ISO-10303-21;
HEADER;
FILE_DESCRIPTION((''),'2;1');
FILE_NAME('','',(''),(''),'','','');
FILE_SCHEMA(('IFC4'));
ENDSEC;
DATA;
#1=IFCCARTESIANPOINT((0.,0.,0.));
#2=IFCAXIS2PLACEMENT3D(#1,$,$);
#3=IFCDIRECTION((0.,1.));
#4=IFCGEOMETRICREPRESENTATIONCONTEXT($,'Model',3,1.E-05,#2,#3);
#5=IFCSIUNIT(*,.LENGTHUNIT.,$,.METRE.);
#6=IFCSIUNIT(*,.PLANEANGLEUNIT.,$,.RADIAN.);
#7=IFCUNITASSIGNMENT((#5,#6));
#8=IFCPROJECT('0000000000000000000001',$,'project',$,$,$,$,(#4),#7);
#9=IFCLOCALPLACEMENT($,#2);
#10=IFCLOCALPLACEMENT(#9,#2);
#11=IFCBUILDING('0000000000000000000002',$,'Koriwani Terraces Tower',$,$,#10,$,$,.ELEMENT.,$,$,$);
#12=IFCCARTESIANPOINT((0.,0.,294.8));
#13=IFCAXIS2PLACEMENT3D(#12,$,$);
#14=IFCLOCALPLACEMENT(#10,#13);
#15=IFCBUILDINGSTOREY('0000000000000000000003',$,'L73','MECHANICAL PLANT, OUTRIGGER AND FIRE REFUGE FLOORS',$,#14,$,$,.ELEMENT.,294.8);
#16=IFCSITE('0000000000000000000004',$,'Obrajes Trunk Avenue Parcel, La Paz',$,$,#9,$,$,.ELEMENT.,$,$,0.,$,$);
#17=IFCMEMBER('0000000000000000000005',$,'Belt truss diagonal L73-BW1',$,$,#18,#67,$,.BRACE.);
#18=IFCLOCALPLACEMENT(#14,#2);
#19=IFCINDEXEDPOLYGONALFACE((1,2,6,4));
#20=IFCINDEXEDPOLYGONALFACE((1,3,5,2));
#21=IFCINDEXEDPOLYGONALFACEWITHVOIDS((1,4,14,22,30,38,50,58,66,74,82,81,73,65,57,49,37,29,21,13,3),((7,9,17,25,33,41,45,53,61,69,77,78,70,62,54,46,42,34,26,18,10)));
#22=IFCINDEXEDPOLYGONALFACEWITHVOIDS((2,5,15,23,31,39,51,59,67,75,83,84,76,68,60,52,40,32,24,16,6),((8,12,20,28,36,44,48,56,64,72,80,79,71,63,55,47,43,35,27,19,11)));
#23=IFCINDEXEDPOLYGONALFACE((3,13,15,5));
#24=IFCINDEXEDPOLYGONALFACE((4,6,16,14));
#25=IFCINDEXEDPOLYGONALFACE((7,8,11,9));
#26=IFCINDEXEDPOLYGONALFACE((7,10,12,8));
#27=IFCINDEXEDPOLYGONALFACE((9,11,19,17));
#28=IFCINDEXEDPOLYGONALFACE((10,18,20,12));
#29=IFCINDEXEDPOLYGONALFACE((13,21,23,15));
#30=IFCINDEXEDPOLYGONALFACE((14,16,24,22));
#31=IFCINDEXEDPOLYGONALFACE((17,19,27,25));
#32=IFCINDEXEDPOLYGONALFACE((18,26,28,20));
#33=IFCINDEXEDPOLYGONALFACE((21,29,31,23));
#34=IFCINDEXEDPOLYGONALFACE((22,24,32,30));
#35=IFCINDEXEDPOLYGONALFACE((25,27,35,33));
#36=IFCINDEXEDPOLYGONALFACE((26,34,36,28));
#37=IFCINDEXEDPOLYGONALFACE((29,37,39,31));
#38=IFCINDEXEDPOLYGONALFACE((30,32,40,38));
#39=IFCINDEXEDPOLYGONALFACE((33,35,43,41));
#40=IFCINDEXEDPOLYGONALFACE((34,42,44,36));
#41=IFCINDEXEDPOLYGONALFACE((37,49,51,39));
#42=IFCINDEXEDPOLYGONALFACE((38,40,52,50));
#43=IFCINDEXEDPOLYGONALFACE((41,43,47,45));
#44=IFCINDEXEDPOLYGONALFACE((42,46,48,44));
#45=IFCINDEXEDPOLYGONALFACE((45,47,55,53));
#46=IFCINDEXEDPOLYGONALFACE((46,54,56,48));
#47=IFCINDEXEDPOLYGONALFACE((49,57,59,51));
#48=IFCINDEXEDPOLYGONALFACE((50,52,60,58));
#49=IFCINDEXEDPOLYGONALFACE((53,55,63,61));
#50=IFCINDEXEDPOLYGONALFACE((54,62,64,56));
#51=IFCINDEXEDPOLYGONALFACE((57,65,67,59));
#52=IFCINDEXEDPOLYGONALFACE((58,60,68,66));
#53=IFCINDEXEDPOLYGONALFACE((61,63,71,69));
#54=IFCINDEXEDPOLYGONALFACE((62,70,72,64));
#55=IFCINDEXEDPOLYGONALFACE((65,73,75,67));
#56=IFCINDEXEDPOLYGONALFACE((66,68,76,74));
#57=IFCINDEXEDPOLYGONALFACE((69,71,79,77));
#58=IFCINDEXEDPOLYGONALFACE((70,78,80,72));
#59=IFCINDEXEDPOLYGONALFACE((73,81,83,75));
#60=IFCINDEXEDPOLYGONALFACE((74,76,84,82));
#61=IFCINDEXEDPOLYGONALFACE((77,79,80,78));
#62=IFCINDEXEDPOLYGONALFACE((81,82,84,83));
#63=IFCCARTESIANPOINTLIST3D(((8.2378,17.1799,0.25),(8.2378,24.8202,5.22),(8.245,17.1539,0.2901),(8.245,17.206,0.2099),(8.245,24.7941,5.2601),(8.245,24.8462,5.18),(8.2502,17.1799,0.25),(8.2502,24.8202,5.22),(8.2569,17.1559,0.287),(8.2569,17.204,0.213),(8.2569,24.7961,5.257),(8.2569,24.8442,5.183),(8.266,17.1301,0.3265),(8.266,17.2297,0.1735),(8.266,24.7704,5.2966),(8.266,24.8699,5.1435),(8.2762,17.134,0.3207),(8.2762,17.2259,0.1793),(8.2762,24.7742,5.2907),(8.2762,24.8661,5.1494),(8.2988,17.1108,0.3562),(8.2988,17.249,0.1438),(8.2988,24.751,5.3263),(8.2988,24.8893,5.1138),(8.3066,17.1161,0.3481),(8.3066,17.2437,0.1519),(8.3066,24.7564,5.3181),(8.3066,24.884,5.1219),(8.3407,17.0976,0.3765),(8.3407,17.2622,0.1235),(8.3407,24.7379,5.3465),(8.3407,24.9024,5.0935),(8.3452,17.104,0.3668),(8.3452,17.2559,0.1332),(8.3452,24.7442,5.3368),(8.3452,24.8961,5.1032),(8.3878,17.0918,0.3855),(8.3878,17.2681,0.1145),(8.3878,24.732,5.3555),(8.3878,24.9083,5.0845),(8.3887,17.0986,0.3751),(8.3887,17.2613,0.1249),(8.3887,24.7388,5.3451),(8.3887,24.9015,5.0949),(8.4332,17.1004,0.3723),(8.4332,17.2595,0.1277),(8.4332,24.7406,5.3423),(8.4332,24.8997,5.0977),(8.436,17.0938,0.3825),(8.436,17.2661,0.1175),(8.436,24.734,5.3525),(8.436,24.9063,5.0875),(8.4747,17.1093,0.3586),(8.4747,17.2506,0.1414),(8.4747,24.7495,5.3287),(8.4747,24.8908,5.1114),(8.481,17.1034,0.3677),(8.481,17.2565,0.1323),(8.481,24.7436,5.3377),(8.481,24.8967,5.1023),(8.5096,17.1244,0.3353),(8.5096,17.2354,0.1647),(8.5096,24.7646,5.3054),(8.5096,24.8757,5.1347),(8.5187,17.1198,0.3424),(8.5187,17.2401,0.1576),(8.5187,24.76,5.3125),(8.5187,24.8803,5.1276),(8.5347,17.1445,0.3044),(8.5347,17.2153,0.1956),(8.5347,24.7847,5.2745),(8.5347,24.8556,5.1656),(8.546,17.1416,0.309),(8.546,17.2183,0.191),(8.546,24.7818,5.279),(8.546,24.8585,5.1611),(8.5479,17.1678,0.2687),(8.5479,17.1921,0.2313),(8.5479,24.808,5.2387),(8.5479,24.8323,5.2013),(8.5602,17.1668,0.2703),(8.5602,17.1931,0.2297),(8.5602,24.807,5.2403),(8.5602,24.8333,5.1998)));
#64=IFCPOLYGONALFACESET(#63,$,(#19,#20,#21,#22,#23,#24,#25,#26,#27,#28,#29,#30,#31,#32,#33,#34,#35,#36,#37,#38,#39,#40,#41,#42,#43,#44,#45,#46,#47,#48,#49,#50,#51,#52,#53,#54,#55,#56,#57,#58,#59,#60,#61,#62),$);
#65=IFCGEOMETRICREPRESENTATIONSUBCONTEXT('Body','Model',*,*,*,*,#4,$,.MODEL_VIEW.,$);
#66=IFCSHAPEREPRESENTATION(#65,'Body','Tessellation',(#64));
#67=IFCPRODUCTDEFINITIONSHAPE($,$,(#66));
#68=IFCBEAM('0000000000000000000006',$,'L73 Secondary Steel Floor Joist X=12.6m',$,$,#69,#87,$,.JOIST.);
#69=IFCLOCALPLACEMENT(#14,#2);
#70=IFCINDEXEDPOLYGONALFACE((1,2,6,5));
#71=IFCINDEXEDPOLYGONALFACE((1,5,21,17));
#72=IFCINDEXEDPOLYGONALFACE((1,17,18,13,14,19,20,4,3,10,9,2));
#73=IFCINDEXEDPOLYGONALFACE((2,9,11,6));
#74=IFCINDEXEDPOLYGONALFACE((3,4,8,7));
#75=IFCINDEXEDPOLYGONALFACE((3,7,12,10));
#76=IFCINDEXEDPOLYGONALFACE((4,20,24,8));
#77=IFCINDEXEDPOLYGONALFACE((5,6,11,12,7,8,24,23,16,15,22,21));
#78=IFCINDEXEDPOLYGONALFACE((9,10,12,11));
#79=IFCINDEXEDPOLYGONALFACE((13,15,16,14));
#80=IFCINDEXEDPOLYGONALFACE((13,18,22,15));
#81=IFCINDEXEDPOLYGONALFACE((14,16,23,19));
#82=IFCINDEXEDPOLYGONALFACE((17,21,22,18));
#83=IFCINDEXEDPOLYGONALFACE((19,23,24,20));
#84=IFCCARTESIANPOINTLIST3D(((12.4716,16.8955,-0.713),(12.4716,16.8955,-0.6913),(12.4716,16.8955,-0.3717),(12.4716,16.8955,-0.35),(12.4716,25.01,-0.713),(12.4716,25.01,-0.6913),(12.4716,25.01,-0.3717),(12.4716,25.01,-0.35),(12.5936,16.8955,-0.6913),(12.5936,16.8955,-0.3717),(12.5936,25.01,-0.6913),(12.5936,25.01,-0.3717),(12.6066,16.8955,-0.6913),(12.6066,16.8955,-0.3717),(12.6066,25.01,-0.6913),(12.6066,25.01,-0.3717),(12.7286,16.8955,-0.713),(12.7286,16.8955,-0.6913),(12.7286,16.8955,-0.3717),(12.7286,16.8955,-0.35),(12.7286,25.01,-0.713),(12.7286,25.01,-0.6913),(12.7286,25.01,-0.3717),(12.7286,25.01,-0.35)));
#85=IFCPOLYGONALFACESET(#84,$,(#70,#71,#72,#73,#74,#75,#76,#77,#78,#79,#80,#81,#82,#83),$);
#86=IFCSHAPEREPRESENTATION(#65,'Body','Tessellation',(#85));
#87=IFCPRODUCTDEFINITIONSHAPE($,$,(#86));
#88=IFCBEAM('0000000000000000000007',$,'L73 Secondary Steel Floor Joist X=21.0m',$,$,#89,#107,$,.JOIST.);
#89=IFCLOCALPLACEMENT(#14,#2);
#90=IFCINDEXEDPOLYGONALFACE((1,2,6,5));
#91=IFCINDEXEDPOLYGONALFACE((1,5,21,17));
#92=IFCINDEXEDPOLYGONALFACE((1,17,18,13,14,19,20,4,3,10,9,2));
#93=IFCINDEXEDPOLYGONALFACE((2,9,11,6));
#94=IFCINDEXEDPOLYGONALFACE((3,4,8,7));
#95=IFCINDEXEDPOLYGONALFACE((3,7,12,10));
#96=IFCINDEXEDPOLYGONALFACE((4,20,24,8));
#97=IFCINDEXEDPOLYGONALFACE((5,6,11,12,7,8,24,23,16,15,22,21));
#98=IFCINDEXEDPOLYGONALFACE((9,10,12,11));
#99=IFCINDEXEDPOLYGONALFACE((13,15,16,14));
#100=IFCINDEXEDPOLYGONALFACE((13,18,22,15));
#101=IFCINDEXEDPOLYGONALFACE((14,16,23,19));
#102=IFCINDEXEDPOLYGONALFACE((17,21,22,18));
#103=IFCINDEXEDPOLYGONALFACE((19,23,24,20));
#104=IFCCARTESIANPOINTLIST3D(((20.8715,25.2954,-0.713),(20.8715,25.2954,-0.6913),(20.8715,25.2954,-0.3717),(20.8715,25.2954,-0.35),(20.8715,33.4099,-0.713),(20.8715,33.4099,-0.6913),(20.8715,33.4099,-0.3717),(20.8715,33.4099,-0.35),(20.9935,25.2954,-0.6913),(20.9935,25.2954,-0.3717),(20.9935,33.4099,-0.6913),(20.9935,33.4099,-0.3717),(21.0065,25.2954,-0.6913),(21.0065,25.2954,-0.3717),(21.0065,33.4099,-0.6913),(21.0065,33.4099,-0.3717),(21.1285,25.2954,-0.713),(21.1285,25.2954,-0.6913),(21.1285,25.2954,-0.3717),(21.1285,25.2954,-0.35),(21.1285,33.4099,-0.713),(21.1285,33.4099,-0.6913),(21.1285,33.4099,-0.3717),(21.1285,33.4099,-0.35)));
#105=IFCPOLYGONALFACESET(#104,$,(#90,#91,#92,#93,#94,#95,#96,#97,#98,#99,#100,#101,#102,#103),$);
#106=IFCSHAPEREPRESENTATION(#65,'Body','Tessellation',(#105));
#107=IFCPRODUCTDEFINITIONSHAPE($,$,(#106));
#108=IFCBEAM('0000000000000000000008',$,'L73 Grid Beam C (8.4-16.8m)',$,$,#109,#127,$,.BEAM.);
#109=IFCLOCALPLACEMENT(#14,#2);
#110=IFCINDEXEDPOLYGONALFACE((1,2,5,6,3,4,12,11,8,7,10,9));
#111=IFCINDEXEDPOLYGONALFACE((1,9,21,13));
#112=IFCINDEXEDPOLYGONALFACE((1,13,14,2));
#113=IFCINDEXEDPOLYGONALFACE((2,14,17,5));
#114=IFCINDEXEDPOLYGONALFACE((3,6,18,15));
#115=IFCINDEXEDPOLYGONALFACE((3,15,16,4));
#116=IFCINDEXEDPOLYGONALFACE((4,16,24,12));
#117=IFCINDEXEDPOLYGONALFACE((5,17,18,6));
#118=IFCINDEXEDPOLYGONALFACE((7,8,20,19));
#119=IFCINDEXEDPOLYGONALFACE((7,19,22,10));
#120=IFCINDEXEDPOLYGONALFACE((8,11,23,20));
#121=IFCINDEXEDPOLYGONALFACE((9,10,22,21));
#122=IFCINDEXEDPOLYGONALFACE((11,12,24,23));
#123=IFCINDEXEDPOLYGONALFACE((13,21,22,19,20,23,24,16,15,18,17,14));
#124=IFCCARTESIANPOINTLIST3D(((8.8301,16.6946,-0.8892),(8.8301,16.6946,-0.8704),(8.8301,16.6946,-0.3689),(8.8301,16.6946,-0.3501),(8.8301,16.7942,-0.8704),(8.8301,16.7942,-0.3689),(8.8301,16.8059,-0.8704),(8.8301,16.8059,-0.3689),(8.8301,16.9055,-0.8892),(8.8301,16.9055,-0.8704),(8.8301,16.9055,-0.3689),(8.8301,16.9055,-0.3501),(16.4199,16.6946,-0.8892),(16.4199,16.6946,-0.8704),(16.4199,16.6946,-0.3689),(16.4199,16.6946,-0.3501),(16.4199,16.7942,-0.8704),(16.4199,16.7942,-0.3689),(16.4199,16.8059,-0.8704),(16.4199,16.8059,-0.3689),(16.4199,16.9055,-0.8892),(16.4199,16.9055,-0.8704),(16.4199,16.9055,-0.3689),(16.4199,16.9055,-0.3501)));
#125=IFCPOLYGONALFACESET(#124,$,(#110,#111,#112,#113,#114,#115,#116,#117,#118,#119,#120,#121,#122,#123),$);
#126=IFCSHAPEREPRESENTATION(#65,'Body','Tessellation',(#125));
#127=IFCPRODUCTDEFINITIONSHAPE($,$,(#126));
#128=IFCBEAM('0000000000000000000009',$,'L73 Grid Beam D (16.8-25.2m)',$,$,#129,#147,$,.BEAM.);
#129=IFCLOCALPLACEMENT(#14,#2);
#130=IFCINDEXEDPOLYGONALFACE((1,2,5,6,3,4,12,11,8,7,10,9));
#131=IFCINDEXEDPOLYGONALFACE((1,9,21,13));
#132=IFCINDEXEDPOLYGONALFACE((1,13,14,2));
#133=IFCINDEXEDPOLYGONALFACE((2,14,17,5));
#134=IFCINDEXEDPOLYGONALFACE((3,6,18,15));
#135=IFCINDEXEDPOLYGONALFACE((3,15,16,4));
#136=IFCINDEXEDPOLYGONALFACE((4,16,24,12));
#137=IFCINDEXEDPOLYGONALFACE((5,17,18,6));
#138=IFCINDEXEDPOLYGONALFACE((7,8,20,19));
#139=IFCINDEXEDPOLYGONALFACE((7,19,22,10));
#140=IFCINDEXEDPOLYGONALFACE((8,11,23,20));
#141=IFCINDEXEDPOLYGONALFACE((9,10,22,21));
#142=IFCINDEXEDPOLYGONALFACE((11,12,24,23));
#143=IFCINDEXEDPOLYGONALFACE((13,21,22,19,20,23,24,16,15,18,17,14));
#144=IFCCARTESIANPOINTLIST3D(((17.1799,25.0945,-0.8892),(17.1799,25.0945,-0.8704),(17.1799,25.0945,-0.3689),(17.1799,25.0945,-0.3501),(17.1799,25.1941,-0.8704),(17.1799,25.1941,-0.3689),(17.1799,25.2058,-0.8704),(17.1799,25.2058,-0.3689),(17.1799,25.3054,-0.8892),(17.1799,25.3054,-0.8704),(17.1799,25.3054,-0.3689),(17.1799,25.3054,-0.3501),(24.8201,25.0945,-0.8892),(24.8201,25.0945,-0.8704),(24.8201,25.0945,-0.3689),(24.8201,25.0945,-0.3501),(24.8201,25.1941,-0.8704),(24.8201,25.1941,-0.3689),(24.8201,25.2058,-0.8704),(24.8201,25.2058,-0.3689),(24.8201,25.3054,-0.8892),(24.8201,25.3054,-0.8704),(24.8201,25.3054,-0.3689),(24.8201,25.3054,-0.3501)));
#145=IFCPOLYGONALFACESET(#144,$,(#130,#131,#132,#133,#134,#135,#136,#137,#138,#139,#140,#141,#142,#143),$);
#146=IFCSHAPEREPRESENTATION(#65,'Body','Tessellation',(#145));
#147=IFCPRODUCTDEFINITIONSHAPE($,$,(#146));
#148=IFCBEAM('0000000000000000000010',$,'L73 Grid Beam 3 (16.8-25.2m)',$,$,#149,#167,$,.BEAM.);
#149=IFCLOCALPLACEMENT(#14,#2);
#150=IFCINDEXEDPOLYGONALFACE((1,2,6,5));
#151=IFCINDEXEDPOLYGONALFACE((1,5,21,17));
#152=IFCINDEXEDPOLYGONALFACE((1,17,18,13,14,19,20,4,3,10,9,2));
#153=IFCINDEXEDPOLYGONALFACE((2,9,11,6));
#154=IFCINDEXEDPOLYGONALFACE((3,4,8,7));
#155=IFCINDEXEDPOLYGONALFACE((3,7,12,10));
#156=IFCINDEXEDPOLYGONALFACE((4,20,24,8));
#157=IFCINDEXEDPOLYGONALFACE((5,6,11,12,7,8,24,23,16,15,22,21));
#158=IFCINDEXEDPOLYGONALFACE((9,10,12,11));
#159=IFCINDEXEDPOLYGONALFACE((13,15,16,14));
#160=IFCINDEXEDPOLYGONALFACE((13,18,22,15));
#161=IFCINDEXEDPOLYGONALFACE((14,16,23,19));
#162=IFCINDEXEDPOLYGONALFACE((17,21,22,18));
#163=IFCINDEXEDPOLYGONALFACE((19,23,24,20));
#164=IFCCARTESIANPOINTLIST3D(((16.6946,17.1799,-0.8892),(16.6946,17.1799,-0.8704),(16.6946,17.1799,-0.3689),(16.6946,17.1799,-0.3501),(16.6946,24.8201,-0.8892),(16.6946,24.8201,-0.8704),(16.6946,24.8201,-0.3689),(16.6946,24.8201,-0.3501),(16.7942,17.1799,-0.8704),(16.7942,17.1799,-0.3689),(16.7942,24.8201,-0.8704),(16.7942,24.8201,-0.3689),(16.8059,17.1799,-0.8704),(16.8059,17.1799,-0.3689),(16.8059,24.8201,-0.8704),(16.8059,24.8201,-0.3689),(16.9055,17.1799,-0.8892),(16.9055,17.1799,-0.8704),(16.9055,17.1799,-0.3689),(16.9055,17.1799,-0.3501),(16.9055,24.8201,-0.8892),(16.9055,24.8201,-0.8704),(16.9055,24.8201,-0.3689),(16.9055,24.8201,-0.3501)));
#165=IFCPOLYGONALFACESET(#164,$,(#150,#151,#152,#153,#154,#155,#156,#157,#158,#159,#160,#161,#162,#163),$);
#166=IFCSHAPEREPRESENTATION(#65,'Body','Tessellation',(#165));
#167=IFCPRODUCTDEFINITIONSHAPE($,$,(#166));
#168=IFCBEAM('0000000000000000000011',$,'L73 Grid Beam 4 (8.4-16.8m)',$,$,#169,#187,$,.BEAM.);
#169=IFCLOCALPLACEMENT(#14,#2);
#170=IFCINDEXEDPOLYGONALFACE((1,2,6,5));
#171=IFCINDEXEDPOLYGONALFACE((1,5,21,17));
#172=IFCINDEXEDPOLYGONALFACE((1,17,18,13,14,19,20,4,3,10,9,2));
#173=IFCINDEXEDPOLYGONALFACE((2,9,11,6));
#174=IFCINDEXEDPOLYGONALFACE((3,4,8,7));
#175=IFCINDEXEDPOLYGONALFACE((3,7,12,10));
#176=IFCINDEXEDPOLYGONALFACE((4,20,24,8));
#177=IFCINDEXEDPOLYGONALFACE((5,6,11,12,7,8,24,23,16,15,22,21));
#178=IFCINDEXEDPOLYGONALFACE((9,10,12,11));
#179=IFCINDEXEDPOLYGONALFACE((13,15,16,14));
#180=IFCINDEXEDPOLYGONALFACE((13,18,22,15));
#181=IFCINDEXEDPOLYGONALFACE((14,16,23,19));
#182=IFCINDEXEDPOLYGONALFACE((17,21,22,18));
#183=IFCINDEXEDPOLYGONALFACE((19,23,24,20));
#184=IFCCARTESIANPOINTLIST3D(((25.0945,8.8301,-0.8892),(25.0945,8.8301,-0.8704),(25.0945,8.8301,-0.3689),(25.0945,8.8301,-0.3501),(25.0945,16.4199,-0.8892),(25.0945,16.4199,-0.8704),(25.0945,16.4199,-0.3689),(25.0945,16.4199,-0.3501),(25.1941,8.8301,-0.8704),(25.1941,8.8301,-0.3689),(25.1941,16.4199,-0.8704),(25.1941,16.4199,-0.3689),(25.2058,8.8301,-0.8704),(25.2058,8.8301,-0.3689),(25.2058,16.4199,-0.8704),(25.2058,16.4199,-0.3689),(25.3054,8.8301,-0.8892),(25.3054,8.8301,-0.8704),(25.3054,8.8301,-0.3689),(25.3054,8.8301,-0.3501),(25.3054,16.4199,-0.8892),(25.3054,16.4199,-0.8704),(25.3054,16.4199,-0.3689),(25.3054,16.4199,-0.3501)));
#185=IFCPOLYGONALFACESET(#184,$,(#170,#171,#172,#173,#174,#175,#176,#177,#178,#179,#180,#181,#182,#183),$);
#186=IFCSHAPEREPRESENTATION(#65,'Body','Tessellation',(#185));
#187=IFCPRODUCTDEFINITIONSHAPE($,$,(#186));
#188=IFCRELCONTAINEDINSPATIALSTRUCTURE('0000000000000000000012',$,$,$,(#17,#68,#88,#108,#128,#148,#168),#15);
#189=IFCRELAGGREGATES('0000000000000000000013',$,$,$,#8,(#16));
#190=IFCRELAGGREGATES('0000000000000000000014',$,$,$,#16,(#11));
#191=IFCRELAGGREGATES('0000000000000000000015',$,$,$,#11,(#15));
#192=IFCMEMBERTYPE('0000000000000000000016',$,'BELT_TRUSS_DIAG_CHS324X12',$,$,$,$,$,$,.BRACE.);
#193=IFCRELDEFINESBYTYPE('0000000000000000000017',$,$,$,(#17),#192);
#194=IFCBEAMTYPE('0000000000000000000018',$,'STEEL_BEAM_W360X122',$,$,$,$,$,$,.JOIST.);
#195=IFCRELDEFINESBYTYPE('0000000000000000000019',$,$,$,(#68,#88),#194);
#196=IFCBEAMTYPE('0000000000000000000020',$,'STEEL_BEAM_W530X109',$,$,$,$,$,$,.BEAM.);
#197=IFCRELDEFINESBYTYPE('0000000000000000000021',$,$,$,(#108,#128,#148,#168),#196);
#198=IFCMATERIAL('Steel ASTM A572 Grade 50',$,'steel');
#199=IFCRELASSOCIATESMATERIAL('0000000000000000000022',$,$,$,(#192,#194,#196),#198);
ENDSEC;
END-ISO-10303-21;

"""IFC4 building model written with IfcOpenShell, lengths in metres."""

from ifc_helpers import new_model, si_unit, direction, frame, origin, origin_2d, place, context, subcontext, project, spatial, hollow_circle, i_section, extrude, material, material_profile, profile_set, type_object, element, save


model = new_model("IFC4")

# Units and contexts
model_context = context("Model", 3, precision=1e-05, world=origin(), true_north=direction((0.0, 1.0)))
body_context = subcontext(model_context, "Body", "Model", "MODEL_VIEW")
ifc_project = project(units=[si_unit("LENGTHUNIT", "METRE"), si_unit("PLANEANGLEUNIT", "RADIAN")], contexts=[model_context])

# Site, building, storey
site_placement = place(None, origin())
site = spatial("IfcSite", under=ifc_project, at=site_placement, Name="Obrajes Trunk Avenue Parcel, La Paz", CompositionType="ELEMENT", RefElevation=0.0)
building_placement = place(site_placement, origin())
building = spatial("IfcBuilding", under=site, at=building_placement, Name="Koriwani Terraces Tower", CompositionType="ELEMENT")
storey_placement = place(building_placement, frame((0.0, 0.0, 294.8)))
storey = spatial("IfcBuildingStorey", under=building, at=storey_placement, Name="L73", Description="MECHANICAL PLANT, OUTRIGGER AND FIRE REFUGE FLOORS", CompositionType="ELEMENT", Elevation=294.8)

# Member
ifc_material_1 = material(Name="Steel ASTM A572 Grade 50", Category="steel")
ifc_material_profile_1 = material_profile(ifc_material_1, hollow_circle(Radius=0.1621, WallThickness=0.0125, at=origin_2d()), Name="Steel ASTM A572 Grade 50", Category="LoadBearing")
ifc_profile_set_1 = profile_set([ifc_material_profile_1], Name="Steel ASTM A572 Grade 50")
member_type = type_object("IfcMemberType", Name="BELT_TRUSS_DIAG_CHS324X12", PredefinedType="BRACE", material=ifc_profile_set_1)
for number, where, z_axis, x_axis, name in (
    (1, (8.3999, 17.1799, 0.25), (0.0, 0.838249, 0.545288), (-1.0, 0.0, 0.0), "Belt truss diagonal L73-BW1"),
):
    element("IfcMember", number, at=place(storey_placement, frame(where, z_axis=z_axis, x_axis=x_axis)), inside=storey, type_object=member_type, Name=name, PredefinedType="BRACE", context=body_context, shape_type="SweptSolid", body=[
        extrude(hollow_circle(Radius=0.1621, WallThickness=0.0125, at=origin_2d()), origin(), (0.0, 0.0, 1.0), 9.1145),
    ])

# Beams
ifc_material_profile_2 = material_profile(ifc_material_1, i_section(OverallWidth=0.2571, OverallDepth=0.363, WebThickness=0.0129, FlangeThickness=0.0217, at=origin_2d()), Name="Steel ASTM A572 Grade 50", Category="LoadBearing")
ifc_profile_set_2 = profile_set([ifc_material_profile_2], Name="Steel ASTM A572 Grade 50")
beam_type_1 = type_object("IfcBeamType", Name="STEEL_BEAM_W360X122", PredefinedType="JOIST", material=ifc_profile_set_2)
for number, where, z_axis, x_axis, name in (
    (2, (12.6001, 16.8955, -0.5315), (0.0, 1.0, 0.0), (-1.0, 0.0, 0.0), "L73 Secondary Steel Floor Joist X=12.6m"),
    (3, (21.0, 25.2954, -0.5315), (0.0, 1.0, 0.0), (-1.0, 0.0, 0.0), "L73 Secondary Steel Floor Joist X=21.0m"),
):
    element("IfcBeam", number, at=place(storey_placement, frame(where, z_axis=z_axis, x_axis=x_axis)), inside=storey, type_object=beam_type_1, Name=name, PredefinedType="JOIST", context=body_context, shape_type="SweptSolid", body=[
        extrude(i_section(OverallWidth=0.2571, OverallDepth=0.363, WebThickness=0.0129, FlangeThickness=0.0217, at=origin_2d()), origin(), (0.0, 0.0, 1.0), 8.1145),
    ])
ifc_material_profile_3 = material_profile(ifc_material_1, i_section(OverallWidth=0.2109, OverallDepth=0.5391, WebThickness=0.0117, FlangeThickness=0.0188, at=origin_2d()), Name="Steel ASTM A572 Grade 50", Category="LoadBearing")
ifc_profile_set_3 = profile_set([ifc_material_profile_3], Name="Steel ASTM A572 Grade 50")
beam_type_2 = type_object("IfcBeamType", Name="STEEL_BEAM_W530X109", PredefinedType="BEAM", material=ifc_profile_set_3)
beam_1_placement = place(storey_placement, frame((8.8301, 16.8, -0.6196), z_axis=(1.0, 0.0, 0.0), x_axis=(0.0, 1.0, 0.0)))
element("IfcBeam", 4, at=beam_1_placement, inside=storey, type_object=beam_type_2, Name="L73 Grid Beam C (8.4-16.8m)", PredefinedType="BEAM", context=body_context, shape_type="SweptSolid", body=[
    extrude(i_section(OverallWidth=0.2109, OverallDepth=0.5391, WebThickness=0.0117, FlangeThickness=0.0188, at=origin_2d()), origin(), (0.0, 0.0, 1.0), 7.5898),
])
for number, where, z_axis, x_axis, name in (
    (5, (17.1799, 25.2, -0.6196), (1.0, 0.0, 0.0), (0.0, 1.0, 0.0), "L73 Grid Beam D (16.8-25.2m)"),
    (6, (16.8, 17.1799, -0.6196), (0.0, 1.0, 0.0), (-1.0, 0.0, 0.0), "L73 Grid Beam 3 (16.8-25.2m)"),
):
    element("IfcBeam", number, at=place(storey_placement, frame(where, z_axis=z_axis, x_axis=x_axis)), inside=storey, type_object=beam_type_2, Name=name, PredefinedType="BEAM", context=body_context, shape_type="SweptSolid", body=[
        extrude(i_section(OverallWidth=0.2109, OverallDepth=0.5391, WebThickness=0.0117, FlangeThickness=0.0188, at=origin_2d()), origin(), (0.0, 0.0, 1.0), 7.6401),
    ])
beam_2_placement = place(storey_placement, frame((25.2, 8.8301, -0.6196), z_axis=(0.0, 1.0, 0.0), x_axis=(-1.0, 0.0, 0.0)))
element("IfcBeam", 7, at=beam_2_placement, inside=storey, type_object=beam_type_2, Name="L73 Grid Beam 4 (8.4-16.8m)", PredefinedType="BEAM", context=body_context, shape_type="SweptSolid", body=[
    extrude(i_section(OverallWidth=0.2109, OverallDepth=0.5391, WebThickness=0.0117, FlangeThickness=0.0188, at=origin_2d()), origin(), (0.0, 0.0, 1.0), 7.5898),
])

save(model, "model.ifc")
